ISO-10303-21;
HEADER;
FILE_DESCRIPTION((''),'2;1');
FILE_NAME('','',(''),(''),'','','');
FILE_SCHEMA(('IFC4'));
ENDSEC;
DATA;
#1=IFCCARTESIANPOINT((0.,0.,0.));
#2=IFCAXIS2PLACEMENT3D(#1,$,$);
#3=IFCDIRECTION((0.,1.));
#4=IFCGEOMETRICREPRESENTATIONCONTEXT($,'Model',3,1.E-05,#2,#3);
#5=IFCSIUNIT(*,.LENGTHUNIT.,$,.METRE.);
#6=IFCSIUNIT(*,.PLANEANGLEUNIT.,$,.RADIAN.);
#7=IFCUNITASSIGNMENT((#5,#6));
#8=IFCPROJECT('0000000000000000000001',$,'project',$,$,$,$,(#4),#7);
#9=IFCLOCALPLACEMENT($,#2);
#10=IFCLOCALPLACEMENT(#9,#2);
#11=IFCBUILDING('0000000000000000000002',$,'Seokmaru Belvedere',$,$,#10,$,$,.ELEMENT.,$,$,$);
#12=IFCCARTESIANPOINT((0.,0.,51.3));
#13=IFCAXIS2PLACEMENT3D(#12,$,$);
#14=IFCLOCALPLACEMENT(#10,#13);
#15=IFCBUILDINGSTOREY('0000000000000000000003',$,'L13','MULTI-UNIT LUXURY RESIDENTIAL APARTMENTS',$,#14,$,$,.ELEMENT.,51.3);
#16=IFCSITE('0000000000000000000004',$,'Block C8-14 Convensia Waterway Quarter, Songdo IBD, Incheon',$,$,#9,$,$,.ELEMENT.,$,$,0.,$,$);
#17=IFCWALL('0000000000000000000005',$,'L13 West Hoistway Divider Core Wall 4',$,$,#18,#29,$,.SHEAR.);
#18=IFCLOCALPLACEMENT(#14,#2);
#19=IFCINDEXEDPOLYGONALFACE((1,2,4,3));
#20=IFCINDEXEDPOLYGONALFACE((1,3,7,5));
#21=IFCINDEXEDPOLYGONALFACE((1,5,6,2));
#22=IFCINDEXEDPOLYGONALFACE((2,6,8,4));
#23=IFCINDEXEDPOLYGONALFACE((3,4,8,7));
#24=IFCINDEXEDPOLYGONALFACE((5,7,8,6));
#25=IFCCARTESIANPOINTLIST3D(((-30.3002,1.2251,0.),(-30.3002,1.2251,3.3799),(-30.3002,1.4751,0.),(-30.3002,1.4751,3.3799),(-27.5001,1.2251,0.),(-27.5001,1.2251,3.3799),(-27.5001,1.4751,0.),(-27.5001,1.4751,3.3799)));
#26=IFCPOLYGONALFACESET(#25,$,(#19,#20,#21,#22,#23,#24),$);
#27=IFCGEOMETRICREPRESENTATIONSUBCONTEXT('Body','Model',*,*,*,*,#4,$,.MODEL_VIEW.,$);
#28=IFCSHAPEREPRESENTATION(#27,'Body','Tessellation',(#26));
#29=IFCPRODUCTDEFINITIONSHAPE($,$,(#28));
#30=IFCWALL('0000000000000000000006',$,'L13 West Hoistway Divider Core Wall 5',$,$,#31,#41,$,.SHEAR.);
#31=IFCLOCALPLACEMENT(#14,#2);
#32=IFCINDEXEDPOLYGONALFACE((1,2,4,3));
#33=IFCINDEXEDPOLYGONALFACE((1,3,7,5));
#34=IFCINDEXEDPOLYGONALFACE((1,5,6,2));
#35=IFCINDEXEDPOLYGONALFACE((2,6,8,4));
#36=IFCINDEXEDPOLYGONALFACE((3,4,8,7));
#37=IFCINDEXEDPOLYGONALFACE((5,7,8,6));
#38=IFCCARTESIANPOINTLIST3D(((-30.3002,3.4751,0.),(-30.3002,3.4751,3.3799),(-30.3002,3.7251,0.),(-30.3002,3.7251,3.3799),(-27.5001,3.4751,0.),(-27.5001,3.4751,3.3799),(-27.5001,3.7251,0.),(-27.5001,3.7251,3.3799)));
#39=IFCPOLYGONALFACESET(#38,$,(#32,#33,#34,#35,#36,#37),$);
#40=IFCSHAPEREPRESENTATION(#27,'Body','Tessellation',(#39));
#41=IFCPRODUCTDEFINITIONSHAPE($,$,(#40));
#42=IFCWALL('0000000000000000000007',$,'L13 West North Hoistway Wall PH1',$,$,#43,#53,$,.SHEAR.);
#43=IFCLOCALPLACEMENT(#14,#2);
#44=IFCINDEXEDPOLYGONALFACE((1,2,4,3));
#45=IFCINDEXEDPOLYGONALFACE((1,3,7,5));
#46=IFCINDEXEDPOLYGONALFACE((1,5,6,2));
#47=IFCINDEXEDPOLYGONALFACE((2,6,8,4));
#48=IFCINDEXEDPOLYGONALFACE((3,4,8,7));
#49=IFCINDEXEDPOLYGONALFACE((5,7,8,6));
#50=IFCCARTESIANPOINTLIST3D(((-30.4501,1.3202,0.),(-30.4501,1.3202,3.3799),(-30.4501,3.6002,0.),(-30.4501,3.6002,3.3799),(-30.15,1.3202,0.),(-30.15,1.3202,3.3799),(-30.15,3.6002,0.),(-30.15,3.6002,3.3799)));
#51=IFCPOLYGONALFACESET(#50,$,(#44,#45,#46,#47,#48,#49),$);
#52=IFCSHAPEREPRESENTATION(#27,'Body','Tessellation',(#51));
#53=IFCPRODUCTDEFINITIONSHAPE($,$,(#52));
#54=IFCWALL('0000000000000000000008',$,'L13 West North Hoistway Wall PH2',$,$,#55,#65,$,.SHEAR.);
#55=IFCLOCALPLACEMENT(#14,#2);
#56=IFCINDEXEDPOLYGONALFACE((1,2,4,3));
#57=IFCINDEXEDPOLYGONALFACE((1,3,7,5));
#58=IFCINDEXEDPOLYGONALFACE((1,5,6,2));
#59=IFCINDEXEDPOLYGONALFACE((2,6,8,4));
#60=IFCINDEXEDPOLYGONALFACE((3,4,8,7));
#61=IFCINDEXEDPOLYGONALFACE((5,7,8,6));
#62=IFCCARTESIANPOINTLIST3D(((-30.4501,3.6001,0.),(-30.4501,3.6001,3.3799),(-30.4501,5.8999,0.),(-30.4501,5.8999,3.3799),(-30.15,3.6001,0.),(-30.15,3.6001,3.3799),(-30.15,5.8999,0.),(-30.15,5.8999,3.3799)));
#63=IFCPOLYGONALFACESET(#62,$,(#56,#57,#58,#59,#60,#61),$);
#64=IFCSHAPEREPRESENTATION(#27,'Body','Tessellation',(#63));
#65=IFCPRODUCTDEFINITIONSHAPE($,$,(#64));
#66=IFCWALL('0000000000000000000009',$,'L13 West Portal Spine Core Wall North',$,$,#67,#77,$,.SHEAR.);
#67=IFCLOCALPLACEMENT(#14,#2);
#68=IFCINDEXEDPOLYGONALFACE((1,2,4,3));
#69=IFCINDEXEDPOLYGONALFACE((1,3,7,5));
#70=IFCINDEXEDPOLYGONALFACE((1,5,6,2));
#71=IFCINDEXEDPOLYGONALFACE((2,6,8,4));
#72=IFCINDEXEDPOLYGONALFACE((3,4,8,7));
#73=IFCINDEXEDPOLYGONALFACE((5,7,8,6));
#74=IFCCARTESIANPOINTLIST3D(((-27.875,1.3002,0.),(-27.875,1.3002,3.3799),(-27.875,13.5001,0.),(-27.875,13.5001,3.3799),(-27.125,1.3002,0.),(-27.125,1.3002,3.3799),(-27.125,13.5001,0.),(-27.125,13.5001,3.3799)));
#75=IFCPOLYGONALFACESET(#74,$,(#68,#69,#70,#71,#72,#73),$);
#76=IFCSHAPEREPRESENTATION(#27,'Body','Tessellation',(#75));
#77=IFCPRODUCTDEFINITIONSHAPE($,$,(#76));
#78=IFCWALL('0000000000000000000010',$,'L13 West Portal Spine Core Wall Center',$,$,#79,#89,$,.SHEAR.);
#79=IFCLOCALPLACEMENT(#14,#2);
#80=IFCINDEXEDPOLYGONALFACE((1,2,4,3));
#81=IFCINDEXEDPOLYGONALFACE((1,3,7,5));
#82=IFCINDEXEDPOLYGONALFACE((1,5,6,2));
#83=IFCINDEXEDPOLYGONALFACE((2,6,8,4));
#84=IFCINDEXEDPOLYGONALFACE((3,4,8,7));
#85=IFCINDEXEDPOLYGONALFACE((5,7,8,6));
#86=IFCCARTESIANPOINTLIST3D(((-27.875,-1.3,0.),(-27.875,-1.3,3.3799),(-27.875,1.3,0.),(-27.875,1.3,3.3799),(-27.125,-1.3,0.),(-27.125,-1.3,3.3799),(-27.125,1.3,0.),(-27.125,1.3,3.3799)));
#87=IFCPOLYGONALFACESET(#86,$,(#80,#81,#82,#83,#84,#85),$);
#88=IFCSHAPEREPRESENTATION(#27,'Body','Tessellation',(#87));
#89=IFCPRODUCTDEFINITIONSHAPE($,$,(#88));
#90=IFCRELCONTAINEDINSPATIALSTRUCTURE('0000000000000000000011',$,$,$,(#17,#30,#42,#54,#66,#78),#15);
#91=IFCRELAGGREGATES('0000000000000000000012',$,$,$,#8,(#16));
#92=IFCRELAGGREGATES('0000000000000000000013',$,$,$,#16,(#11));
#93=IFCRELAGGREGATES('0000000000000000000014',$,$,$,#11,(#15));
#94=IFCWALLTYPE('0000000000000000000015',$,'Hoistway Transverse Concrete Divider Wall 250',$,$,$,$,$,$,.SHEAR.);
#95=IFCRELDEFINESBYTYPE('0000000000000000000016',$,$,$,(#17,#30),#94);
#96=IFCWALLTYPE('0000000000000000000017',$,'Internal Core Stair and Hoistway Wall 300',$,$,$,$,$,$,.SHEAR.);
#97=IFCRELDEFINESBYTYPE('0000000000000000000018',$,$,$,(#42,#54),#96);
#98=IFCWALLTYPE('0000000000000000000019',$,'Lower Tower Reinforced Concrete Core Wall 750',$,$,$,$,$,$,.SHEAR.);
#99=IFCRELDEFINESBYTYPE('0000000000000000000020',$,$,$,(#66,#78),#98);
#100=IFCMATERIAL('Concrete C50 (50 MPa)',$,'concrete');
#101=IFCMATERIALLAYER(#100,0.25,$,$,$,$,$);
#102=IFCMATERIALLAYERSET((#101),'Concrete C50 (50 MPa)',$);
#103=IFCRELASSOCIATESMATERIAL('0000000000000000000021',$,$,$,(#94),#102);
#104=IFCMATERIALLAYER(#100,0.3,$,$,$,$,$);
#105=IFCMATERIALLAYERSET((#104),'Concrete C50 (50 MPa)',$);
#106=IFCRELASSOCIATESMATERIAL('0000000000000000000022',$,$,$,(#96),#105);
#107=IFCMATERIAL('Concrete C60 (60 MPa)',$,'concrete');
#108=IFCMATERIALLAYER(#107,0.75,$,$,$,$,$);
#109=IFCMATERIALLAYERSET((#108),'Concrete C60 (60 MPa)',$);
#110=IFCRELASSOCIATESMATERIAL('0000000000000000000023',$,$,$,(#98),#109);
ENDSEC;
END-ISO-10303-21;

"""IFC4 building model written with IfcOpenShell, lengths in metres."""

from ifc_helpers import new_model, si_unit, direction, frame, frame_2d, origin, place, context, subcontext, project, spatial, rectangle, extrude, material, layer, layer_set, type_object, element, save


model = new_model("IFC4")

# Units and contexts
model_context = context("Model", 3, precision=1e-05, world=origin(), true_north=direction((0.0, 1.0)))
body_context = subcontext(model_context, "Body", "Model", "MODEL_VIEW")
ifc_project = project(units=[si_unit("LENGTHUNIT", "METRE"), si_unit("PLANEANGLEUNIT", "RADIAN")], contexts=[model_context])

# Site, building, storey
site_placement = place(None, origin())
site = spatial("IfcSite", under=ifc_project, at=site_placement, Name="Block C8-14 Convensia Waterway Quarter, Songdo IBD, Incheon", CompositionType="ELEMENT", RefElevation=0.0)
building_placement = place(site_placement, origin())
building = spatial("IfcBuilding", under=site, at=building_placement, Name="Seokmaru Belvedere", CompositionType="ELEMENT")
storey_placement = place(building_placement, frame((0.0, 0.0, 51.3)))
storey = spatial("IfcBuildingStorey", under=building, at=storey_placement, Name="L13", Description="MULTI-UNIT LUXURY RESIDENTIAL APARTMENTS", CompositionType="ELEMENT", Elevation=51.3)

# Walls
ifc_material_1 = material(Name="Concrete C50 (50 MPa)", Category="concrete")
ifc_layer_1 = layer(ifc_material_1, 0.25)
ifc_layer_set_1 = layer_set([ifc_layer_1], Name="Concrete C50 (50 MPa)")
wall_type_1 = type_object("IfcWallType", Name="Hoistway Transverse Concrete Divider Wall 250", PredefinedType="SHEAR", material=ifc_layer_set_1)
for number, where, z_axis, x_axis, name in (
    (1, (-30.3, 1.3501, 0.0), (0.0, 0.0, 1.0), (1.0, 0.0, 0.0), "L13 West Hoistway Divider Core Wall 4"),
    (2, (-30.3, 3.6001, 0.0), (0.0, 0.0, 1.0), (1.0, 0.0, 0.0), "L13 West Hoistway Divider Core Wall 5"),
):
    element("IfcWall", number, at=place(storey_placement, frame(where, z_axis=z_axis, x_axis=x_axis)), inside=storey, type_object=wall_type_1, Name=name, PredefinedType="SHEAR", context=body_context, shape_type="SweptSolid", body=[
        extrude(rectangle(XDim=2.8, YDim=0.25, at=frame_2d((1.3999, 0.0))), origin(), (0.0, 0.0, 1.0), 3.3799),
    ])
ifc_layer_2 = layer(ifc_material_1, 0.3)
ifc_layer_set_2 = layer_set([ifc_layer_2], Name="Concrete C50 (50 MPa)")
wall_type_2 = type_object("IfcWallType", Name="Internal Core Stair and Hoistway Wall 300", PredefinedType="SHEAR", material=ifc_layer_set_2)
wall_1_placement = place(storey_placement, frame((-30.3, 1.3201, 0.0), z_axis=(0.0, 0.0, 1.0), x_axis=(0.0, 1.0, 0.0)))
element("IfcWall", 3, at=wall_1_placement, inside=storey, type_object=wall_type_2, Name="L13 West North Hoistway Wall PH1", PredefinedType="SHEAR", context=body_context, shape_type="SweptSolid", body=[
    extrude(rectangle(XDim=2.28, YDim=0.3, at=frame_2d((1.1401, 0.0))), origin(), (0.0, 0.0, 1.0), 3.3799),
])
wall_2_placement = place(storey_placement, frame((-30.3, 3.6001, 0.0), z_axis=(0.0, 0.0, 1.0), x_axis=(0.0, 1.0, 0.0)))
element("IfcWall", 4, at=wall_2_placement, inside=storey, type_object=wall_type_2, Name="L13 West North Hoistway Wall PH2", PredefinedType="SHEAR", context=body_context, shape_type="SweptSolid", body=[
    extrude(rectangle(XDim=2.2998, YDim=0.3, at=frame_2d((1.1499, 0.0))), origin(), (0.0, 0.0, 1.0), 3.3799),
])
ifc_material_2 = material(Name="Concrete C60 (60 MPa)", Category="concrete")
ifc_layer_3 = layer(ifc_material_2, 0.75)
ifc_layer_set_3 = layer_set([ifc_layer_3], Name="Concrete C60 (60 MPa)")
wall_type_3 = type_object("IfcWallType", Name="Lower Tower Reinforced Concrete Core Wall 750", PredefinedType="SHEAR", material=ifc_layer_set_3)
wall_3_placement = place(storey_placement, frame((-27.5, 1.3, 0.0), z_axis=(0.0, 0.0, 1.0), x_axis=(0.0, 1.0, 0.0)))
element("IfcWall", 5, at=wall_3_placement, inside=storey, type_object=wall_type_3, Name="L13 West Portal Spine Core Wall North", PredefinedType="SHEAR", context=body_context, shape_type="SweptSolid", body=[
    extrude(rectangle(XDim=12.2, YDim=0.75, at=frame_2d((6.1001, 0.0))), origin(), (0.0, 0.0, 1.0), 3.3799),
])
wall_4_placement = place(storey_placement, frame((-27.5, -1.3, 0.0), z_axis=(0.0, 0.0, 1.0), x_axis=(0.0, 1.0, 0.0)))
element("IfcWall", 6, at=wall_4_placement, inside=storey, type_object=wall_type_3, Name="L13 West Portal Spine Core Wall Center", PredefinedType="SHEAR", context=body_context, shape_type="SweptSolid", body=[
    extrude(rectangle(XDim=2.6001, YDim=0.75, at=frame_2d((1.3, 0.0))), origin(), (0.0, 0.0, 1.0), 3.3799),
])

save(model, "model.ifc")
